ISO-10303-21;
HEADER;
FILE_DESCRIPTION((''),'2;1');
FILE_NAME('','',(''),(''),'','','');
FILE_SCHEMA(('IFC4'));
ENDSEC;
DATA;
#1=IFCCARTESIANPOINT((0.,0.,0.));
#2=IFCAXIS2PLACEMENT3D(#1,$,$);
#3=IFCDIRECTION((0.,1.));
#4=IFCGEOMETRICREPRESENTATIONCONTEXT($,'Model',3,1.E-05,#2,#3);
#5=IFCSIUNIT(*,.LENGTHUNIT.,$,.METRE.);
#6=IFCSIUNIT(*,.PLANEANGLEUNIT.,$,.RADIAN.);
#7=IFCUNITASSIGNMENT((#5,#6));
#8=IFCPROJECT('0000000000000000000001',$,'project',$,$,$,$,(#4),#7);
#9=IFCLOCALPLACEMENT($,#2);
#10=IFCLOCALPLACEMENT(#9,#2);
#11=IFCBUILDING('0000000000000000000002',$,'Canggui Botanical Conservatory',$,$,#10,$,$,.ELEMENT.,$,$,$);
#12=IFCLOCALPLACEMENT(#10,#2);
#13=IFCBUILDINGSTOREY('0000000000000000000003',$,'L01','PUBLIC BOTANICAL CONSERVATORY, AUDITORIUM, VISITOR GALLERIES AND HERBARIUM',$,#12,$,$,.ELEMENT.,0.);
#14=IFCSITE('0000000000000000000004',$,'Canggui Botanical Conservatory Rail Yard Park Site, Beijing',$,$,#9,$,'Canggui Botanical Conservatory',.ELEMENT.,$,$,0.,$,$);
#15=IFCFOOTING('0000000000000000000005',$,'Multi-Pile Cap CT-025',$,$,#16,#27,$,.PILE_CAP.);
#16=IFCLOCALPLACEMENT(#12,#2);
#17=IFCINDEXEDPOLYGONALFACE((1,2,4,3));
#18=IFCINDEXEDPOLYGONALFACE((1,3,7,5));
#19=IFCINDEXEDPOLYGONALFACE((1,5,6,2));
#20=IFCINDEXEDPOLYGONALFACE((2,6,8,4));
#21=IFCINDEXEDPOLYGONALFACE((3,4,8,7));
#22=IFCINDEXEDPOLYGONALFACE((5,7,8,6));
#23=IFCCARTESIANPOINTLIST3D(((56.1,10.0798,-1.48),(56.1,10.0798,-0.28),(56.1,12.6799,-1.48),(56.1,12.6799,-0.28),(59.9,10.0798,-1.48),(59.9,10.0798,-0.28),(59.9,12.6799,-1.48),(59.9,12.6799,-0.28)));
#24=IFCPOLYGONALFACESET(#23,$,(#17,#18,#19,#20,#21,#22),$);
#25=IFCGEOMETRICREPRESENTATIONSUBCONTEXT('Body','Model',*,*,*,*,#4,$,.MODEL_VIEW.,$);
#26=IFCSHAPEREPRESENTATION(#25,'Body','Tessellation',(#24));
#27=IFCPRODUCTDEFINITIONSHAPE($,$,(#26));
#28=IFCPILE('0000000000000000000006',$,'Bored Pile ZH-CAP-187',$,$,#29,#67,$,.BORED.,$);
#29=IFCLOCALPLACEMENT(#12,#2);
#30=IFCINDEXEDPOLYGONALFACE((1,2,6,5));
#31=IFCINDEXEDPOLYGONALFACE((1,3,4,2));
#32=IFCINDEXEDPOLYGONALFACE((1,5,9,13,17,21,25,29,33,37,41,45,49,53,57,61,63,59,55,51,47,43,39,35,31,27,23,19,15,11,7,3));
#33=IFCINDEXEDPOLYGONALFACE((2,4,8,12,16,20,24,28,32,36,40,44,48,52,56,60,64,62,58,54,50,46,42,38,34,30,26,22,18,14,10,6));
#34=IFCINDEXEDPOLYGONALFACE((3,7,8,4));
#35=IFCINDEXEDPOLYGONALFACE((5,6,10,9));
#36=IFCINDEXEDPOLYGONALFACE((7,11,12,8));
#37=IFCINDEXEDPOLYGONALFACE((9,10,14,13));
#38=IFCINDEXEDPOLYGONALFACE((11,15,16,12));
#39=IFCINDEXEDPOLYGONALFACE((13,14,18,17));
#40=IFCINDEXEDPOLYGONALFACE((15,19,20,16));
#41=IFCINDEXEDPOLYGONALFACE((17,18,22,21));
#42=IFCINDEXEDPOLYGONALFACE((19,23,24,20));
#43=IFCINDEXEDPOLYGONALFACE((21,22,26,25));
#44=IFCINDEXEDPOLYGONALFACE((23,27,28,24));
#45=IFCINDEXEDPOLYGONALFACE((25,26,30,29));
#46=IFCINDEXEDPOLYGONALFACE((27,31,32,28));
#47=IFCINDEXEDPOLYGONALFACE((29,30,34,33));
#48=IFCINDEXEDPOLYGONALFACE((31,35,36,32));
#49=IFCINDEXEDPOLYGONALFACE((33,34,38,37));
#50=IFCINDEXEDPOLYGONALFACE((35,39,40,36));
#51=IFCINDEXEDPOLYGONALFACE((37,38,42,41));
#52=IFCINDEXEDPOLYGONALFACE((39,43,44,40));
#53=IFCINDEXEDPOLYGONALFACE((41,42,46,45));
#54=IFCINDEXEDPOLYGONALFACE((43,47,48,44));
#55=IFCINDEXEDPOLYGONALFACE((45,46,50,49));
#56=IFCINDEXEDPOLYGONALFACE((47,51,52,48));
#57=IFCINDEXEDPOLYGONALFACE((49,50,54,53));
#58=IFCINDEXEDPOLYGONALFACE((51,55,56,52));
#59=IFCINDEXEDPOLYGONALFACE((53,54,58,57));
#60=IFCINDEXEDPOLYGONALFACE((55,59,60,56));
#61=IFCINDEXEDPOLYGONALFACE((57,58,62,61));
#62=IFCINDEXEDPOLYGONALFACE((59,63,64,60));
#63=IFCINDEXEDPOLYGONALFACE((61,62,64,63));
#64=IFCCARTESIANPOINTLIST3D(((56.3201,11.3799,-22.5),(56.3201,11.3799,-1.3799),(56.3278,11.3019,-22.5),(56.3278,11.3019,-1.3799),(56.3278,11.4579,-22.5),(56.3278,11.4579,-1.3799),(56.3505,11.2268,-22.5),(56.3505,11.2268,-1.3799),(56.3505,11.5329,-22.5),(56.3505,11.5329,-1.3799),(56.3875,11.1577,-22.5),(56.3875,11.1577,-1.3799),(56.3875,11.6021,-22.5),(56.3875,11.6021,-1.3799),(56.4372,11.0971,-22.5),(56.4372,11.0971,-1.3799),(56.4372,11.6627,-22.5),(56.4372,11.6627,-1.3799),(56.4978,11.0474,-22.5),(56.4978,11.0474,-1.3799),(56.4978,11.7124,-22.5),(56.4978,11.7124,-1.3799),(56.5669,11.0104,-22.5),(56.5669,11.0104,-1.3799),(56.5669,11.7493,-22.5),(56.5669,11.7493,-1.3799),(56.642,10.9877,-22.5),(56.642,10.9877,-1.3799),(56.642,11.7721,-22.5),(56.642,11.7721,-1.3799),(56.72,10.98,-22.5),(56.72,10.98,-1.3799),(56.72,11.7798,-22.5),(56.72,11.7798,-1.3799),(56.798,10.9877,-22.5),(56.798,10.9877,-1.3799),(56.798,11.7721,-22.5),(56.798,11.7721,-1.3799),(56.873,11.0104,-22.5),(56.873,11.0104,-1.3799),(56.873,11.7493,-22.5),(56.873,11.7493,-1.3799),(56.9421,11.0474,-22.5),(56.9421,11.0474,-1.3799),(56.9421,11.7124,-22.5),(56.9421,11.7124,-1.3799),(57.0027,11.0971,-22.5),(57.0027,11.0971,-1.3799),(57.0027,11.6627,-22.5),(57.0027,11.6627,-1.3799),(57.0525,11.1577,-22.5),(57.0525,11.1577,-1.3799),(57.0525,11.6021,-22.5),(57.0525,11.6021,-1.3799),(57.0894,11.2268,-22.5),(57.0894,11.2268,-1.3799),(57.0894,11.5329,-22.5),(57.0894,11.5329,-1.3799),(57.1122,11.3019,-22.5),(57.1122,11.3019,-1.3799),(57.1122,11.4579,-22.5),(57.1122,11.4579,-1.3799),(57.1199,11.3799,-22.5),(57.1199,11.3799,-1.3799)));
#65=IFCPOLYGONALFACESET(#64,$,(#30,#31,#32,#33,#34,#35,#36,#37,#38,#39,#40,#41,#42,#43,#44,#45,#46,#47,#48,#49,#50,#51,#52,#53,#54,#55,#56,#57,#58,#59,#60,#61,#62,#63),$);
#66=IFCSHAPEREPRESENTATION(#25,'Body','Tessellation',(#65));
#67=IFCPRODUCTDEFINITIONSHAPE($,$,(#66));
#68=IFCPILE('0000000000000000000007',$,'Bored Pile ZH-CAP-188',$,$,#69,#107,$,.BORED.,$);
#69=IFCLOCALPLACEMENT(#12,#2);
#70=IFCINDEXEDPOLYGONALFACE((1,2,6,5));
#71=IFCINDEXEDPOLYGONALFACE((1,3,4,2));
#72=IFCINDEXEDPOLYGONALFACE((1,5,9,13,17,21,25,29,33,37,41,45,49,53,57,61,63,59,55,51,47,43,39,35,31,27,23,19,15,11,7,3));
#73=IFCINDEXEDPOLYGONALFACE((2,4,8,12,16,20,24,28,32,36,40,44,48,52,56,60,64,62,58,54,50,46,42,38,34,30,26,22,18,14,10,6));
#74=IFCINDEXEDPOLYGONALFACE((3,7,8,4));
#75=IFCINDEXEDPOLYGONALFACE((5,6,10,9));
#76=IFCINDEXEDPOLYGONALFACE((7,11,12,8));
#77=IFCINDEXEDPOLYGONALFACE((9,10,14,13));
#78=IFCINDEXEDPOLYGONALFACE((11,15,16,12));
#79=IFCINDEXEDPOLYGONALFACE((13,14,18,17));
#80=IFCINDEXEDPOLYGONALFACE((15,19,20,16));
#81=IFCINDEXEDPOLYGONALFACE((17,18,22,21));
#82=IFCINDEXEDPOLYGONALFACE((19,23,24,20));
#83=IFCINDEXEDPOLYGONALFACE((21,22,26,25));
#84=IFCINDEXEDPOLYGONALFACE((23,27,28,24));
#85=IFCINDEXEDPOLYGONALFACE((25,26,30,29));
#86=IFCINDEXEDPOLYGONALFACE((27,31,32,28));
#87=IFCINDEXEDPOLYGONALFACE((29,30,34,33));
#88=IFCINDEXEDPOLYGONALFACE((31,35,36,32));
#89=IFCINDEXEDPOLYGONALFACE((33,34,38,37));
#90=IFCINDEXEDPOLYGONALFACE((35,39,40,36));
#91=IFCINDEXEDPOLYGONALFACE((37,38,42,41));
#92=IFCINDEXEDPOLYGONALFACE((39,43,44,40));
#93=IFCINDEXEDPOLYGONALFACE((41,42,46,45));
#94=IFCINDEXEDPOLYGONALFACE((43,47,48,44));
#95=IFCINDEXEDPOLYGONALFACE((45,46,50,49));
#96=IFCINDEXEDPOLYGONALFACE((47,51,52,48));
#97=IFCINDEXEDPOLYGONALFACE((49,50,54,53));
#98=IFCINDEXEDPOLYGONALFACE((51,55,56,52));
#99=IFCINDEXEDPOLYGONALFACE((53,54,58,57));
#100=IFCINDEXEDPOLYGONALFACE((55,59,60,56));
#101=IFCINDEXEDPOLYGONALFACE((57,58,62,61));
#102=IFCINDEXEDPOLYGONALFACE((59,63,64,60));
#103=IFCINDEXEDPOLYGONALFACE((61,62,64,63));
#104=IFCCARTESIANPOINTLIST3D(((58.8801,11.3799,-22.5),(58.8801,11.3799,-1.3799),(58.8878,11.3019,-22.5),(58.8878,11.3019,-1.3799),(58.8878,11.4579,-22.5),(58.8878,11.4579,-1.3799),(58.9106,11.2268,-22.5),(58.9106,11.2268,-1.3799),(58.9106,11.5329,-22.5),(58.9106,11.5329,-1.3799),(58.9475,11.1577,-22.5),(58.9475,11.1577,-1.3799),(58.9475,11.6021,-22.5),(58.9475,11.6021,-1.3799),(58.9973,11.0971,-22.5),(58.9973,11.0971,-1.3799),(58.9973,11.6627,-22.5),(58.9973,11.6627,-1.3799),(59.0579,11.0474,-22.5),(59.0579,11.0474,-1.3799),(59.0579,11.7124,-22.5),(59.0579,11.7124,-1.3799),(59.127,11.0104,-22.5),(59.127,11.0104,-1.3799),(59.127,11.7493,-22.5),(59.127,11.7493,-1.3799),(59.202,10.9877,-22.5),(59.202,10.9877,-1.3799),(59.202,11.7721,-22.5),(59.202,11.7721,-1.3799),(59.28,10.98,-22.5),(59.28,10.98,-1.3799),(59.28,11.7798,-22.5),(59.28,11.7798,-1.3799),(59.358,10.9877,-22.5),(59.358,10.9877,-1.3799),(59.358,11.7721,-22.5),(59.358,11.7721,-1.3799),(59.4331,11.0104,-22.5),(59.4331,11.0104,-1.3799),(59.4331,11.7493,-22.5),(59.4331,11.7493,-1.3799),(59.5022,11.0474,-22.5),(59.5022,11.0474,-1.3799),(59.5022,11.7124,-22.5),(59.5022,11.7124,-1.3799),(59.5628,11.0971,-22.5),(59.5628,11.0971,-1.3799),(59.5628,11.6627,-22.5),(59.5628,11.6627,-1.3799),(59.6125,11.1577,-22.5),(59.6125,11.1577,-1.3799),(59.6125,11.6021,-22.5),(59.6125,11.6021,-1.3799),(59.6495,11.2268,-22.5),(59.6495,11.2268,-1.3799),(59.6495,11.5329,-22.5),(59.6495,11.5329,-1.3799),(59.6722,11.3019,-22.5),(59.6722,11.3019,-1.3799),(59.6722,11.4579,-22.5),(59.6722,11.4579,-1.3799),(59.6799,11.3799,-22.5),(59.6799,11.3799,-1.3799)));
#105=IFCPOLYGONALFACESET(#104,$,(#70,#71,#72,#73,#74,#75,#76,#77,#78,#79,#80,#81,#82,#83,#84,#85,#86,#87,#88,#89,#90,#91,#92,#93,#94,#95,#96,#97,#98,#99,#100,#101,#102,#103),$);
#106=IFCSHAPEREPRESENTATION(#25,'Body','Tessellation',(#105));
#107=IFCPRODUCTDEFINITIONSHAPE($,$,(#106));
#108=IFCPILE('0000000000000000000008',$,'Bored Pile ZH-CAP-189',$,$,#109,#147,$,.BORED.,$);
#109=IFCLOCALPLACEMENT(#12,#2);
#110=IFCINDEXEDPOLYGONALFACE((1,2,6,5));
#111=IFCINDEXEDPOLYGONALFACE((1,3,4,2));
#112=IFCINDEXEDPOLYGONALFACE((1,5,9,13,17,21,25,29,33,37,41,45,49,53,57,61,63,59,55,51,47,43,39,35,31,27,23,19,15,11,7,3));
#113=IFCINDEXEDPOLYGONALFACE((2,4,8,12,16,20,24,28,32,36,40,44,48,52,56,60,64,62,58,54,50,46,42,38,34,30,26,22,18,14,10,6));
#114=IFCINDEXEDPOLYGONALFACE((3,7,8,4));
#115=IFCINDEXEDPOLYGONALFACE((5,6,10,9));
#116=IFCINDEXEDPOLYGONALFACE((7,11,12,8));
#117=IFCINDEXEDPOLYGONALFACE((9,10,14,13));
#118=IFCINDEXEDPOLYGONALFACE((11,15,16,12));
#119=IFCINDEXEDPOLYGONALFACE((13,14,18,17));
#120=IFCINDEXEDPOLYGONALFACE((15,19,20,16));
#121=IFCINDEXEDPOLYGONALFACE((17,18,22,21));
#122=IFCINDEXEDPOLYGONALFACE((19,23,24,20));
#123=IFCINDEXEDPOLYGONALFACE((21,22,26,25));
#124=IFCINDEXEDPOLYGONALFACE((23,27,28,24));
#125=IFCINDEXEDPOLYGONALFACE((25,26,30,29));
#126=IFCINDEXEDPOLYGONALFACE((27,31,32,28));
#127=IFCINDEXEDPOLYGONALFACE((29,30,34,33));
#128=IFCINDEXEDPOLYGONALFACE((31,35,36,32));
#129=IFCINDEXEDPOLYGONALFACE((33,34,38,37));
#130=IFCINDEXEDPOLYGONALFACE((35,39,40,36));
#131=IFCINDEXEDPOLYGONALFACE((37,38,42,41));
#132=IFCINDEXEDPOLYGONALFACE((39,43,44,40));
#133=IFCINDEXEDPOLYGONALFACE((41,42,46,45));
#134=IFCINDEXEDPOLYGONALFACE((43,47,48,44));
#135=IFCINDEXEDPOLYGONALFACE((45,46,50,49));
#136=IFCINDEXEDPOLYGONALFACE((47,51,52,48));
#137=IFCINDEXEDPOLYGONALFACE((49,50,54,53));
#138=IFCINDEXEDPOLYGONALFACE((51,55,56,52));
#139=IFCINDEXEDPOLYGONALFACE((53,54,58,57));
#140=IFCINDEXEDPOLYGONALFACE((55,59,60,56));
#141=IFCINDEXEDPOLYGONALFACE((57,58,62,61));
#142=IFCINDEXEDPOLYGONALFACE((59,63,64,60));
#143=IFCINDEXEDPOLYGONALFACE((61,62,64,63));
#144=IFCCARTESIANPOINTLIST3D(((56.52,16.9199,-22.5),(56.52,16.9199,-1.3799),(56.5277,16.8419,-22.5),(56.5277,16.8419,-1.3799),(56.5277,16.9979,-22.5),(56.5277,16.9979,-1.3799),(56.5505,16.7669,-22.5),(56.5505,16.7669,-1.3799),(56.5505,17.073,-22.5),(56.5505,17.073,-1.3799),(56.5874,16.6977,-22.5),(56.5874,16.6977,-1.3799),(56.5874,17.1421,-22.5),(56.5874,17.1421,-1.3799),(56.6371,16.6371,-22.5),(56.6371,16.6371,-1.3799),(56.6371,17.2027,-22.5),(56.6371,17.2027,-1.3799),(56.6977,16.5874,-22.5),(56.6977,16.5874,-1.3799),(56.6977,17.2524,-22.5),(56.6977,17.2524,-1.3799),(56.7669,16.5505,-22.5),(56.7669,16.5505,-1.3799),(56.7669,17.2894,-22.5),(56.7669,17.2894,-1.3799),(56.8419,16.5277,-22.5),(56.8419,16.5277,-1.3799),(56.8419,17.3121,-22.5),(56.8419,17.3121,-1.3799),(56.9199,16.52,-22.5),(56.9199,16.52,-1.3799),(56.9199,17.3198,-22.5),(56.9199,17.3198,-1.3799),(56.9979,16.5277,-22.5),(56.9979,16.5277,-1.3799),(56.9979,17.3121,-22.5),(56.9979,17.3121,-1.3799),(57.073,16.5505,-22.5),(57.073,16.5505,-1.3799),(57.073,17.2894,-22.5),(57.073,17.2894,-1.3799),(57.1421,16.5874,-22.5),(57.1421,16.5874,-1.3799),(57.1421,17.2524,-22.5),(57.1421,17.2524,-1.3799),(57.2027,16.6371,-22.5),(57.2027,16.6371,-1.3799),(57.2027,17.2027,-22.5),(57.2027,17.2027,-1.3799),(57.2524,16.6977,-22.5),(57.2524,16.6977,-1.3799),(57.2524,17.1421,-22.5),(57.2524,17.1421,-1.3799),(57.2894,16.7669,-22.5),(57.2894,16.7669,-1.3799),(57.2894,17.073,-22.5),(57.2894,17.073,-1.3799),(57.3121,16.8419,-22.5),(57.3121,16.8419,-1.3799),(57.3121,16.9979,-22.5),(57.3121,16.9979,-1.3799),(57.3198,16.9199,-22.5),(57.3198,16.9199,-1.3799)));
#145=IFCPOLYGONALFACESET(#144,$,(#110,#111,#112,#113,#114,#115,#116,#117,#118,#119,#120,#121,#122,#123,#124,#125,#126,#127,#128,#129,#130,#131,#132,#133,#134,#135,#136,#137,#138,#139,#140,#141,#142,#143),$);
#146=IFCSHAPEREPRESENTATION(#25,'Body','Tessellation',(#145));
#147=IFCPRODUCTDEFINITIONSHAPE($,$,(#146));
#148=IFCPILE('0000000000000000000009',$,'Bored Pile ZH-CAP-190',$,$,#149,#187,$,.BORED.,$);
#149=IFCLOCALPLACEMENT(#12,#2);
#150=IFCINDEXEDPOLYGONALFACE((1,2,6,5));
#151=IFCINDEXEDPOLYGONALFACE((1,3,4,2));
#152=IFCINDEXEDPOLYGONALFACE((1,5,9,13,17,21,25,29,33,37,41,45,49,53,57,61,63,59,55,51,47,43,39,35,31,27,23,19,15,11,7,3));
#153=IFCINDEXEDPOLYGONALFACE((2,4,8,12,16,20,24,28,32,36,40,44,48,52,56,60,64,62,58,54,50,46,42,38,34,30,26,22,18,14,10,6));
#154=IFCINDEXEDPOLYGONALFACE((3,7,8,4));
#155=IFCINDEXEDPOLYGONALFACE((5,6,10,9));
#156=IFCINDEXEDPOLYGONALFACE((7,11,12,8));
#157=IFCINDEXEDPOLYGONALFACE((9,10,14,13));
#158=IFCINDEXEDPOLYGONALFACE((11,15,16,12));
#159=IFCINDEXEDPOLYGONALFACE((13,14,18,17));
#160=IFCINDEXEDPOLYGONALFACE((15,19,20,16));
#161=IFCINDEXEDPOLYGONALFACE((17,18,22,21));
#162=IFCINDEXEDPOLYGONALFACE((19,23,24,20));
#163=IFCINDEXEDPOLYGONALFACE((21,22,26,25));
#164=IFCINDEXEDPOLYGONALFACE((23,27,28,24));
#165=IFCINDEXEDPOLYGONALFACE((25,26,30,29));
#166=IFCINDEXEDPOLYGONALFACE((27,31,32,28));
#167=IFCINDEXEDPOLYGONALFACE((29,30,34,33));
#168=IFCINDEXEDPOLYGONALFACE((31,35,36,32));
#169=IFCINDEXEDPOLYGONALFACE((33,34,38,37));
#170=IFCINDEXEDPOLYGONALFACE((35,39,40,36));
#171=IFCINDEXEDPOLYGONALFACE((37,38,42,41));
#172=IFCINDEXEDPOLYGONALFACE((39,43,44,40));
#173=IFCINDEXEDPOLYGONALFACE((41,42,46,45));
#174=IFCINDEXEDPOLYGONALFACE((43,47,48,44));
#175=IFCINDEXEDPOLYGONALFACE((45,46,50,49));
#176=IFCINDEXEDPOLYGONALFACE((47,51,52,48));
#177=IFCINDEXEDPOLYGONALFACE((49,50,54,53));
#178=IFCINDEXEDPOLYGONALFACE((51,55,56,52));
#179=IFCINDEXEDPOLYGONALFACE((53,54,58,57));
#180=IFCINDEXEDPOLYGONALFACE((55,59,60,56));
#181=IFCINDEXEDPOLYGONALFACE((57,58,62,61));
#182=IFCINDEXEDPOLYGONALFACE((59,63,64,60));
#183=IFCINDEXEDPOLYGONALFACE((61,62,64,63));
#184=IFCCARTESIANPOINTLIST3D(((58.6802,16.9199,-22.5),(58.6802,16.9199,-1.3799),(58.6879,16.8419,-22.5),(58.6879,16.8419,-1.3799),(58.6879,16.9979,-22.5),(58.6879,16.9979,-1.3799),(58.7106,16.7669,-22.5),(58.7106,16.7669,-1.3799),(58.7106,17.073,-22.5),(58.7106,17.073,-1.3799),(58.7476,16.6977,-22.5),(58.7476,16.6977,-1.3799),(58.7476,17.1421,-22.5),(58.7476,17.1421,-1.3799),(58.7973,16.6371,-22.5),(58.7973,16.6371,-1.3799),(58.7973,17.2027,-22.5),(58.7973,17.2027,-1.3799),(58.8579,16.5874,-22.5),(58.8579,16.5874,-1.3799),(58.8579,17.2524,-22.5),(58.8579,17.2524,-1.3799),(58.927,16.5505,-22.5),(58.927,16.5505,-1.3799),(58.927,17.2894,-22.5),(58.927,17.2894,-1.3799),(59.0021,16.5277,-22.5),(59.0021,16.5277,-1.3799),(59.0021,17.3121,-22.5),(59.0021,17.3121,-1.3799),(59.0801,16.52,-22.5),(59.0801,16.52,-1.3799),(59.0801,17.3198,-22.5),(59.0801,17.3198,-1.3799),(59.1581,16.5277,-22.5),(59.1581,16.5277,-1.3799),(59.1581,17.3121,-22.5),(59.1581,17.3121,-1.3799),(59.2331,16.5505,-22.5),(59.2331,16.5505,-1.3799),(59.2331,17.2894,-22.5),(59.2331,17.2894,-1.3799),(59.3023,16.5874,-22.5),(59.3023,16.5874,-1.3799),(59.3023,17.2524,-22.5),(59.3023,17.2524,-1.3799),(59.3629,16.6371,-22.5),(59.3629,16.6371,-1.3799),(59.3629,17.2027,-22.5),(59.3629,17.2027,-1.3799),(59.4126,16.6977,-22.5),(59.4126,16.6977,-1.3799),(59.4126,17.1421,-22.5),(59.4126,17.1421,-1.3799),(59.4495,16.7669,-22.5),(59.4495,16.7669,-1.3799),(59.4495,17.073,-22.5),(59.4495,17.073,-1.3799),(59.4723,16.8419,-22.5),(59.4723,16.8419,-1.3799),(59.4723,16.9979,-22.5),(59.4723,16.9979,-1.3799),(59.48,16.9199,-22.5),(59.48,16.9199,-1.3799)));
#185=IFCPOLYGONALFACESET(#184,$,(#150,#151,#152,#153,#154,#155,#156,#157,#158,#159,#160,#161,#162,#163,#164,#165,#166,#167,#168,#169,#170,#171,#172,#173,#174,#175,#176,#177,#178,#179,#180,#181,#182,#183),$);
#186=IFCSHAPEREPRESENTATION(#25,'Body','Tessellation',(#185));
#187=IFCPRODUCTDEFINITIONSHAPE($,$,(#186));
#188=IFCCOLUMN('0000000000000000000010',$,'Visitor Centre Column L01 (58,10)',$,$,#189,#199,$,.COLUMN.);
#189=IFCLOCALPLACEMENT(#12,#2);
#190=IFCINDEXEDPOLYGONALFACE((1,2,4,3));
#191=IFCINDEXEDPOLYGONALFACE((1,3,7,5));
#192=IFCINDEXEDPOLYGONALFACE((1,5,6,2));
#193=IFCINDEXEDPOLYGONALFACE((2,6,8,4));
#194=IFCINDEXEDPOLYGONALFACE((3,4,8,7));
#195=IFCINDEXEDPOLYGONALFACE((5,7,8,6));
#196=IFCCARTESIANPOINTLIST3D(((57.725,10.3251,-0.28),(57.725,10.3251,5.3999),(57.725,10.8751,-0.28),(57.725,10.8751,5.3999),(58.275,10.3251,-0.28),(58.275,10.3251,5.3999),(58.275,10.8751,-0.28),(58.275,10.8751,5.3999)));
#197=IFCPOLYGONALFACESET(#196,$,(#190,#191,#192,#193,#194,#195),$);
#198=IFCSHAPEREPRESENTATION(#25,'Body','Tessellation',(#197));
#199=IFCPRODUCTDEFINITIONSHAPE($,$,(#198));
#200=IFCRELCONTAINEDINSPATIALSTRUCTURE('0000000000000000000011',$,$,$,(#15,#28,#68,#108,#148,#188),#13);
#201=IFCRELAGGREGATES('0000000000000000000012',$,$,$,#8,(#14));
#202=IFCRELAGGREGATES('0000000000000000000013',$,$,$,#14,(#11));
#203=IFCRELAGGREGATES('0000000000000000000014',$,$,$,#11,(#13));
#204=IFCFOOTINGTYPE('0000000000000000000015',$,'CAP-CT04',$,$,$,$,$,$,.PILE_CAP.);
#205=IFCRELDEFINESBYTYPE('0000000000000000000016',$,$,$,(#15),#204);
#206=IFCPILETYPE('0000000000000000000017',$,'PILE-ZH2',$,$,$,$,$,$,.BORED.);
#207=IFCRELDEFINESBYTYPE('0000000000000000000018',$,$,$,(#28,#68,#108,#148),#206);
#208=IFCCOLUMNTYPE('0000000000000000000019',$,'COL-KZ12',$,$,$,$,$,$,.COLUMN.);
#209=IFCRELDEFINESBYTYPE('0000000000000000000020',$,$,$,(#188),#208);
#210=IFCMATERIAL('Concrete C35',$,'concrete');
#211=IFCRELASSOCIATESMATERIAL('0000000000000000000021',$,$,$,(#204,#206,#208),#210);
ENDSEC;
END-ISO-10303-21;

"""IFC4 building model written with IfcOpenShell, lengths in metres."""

from ifc_helpers import new_model, si_unit, direction, frame, origin, origin_2d, place, context, subcontext, project, spatial, rectangle, circle, extrude, material, material_profile, profile_set, type_object, element, save


model = new_model("IFC4")

# Units and contexts
model_context = context("Model", 3, precision=1e-05, world=origin(), true_north=direction((0.0, 1.0)))
body_context = subcontext(model_context, "Body", "Model", "MODEL_VIEW")
ifc_project = project(units=[si_unit("LENGTHUNIT", "METRE"), si_unit("PLANEANGLEUNIT", "RADIAN")], contexts=[model_context])

# Site, building, storey
site_placement = place(None, origin())
site = spatial("IfcSite", under=ifc_project, at=site_placement, Name="Canggui Botanical Conservatory Rail Yard Park Site, Beijing", LongName="Canggui Botanical Conservatory", CompositionType="ELEMENT", RefElevation=0.0)
building_placement = place(site_placement, origin())
building = spatial("IfcBuilding", under=site, at=building_placement, Name="Canggui Botanical Conservatory", CompositionType="ELEMENT")
storey_placement = place(building_placement, origin())
storey = spatial("IfcBuildingStorey", under=building, at=storey_placement, Name="L01", Description="PUBLIC BOTANICAL CONSERVATORY, AUDITORIUM, VISITOR GALLERIES AND HERBARIUM", CompositionType="ELEMENT", Elevation=0.0)

# Footing
ifc_material_1 = material(Name="Concrete C35", Category="concrete")
footing_type = type_object("IfcFootingType", Name="CAP-CT04", PredefinedType="PILE_CAP", material=ifc_material_1)
footing_placement = place(storey_placement, frame((58.0, 11.3799, -1.48), z_axis=(0.0, 0.0, 1.0), x_axis=(1.0, 0.0, 0.0)))
element("IfcFooting", 1, at=footing_placement, inside=storey, type_object=footing_type, Name="Multi-Pile Cap CT-025", PredefinedType="PILE_CAP", context=body_context, shape_type="SweptSolid", body=[
    extrude(rectangle(XDim=3.8, YDim=2.6001, at=origin_2d()), origin(), (0.0, 0.0, 1.0), 1.2),
])

# Piles
ifc_material_profile_1 = material_profile(ifc_material_1, circle(Radius=0.3999, at=origin_2d()), Name="PILE D800")
ifc_profile_set_1 = profile_set([ifc_material_profile_1], Name="Concrete C35")
pile_type = type_object("IfcPileType", Name="PILE-ZH2", PredefinedType="BORED", material=ifc_profile_set_1)
for number, where, z_axis, x_axis, name in (
    (2, (56.72, 11.3799, -1.3799), (0.0, 0.0, -1.0), (1.0, 0.0, 0.0), "Bored Pile ZH-CAP-187"),
    (3, (59.28, 11.3799, -1.3799), (0.0, 0.0, -1.0), (1.0, 0.0, 0.0), "Bored Pile ZH-CAP-188"),
    (4, (56.9199, 16.9199, -1.3799), (0.0, 0.0, -1.0), (1.0, 0.0, 0.0), "Bored Pile ZH-CAP-189"),
    (5, (59.0801, 16.9199, -1.3799), (0.0, 0.0, -1.0), (1.0, 0.0, 0.0), "Bored Pile ZH-CAP-190"),
):
    element("IfcPile", number, at=place(storey_placement, frame(where, z_axis=z_axis, x_axis=x_axis)), inside=storey, type_object=pile_type, Name=name, PredefinedType="BORED", context=body_context, shape_type="SweptSolid", body=[
        extrude(circle(Radius=0.3999, at=origin_2d()), origin(), (0.0, 0.0, 1.0), 21.1201),
    ])

# Column
ifc_material_profile_2 = material_profile(ifc_material_1, rectangle(XDim=0.55, YDim=0.55, at=origin_2d()), Name="RC 550x550")
ifc_profile_set_2 = profile_set([ifc_material_profile_2], Name="Concrete C35")
column_type = type_object("IfcColumnType", Name="COL-KZ12", PredefinedType="COLUMN", material=ifc_profile_set_2)
column_placement = place(storey_placement, frame((58.0, 10.6001, -0.28), z_axis=(0.0, 0.0, 1.0), x_axis=(1.0, 0.0, 0.0)))
element("IfcColumn", 6, at=column_placement, inside=storey, type_object=column_type, Name="Visitor Centre Column L01 (58,10)", PredefinedType="COLUMN", context=body_context, shape_type="SweptSolid", body=[
    extrude(rectangle(XDim=0.55, YDim=0.55, at=origin_2d()), origin(), (0.0, 0.0, 1.0), 5.6799),
])

save(model, "model.ifc")
